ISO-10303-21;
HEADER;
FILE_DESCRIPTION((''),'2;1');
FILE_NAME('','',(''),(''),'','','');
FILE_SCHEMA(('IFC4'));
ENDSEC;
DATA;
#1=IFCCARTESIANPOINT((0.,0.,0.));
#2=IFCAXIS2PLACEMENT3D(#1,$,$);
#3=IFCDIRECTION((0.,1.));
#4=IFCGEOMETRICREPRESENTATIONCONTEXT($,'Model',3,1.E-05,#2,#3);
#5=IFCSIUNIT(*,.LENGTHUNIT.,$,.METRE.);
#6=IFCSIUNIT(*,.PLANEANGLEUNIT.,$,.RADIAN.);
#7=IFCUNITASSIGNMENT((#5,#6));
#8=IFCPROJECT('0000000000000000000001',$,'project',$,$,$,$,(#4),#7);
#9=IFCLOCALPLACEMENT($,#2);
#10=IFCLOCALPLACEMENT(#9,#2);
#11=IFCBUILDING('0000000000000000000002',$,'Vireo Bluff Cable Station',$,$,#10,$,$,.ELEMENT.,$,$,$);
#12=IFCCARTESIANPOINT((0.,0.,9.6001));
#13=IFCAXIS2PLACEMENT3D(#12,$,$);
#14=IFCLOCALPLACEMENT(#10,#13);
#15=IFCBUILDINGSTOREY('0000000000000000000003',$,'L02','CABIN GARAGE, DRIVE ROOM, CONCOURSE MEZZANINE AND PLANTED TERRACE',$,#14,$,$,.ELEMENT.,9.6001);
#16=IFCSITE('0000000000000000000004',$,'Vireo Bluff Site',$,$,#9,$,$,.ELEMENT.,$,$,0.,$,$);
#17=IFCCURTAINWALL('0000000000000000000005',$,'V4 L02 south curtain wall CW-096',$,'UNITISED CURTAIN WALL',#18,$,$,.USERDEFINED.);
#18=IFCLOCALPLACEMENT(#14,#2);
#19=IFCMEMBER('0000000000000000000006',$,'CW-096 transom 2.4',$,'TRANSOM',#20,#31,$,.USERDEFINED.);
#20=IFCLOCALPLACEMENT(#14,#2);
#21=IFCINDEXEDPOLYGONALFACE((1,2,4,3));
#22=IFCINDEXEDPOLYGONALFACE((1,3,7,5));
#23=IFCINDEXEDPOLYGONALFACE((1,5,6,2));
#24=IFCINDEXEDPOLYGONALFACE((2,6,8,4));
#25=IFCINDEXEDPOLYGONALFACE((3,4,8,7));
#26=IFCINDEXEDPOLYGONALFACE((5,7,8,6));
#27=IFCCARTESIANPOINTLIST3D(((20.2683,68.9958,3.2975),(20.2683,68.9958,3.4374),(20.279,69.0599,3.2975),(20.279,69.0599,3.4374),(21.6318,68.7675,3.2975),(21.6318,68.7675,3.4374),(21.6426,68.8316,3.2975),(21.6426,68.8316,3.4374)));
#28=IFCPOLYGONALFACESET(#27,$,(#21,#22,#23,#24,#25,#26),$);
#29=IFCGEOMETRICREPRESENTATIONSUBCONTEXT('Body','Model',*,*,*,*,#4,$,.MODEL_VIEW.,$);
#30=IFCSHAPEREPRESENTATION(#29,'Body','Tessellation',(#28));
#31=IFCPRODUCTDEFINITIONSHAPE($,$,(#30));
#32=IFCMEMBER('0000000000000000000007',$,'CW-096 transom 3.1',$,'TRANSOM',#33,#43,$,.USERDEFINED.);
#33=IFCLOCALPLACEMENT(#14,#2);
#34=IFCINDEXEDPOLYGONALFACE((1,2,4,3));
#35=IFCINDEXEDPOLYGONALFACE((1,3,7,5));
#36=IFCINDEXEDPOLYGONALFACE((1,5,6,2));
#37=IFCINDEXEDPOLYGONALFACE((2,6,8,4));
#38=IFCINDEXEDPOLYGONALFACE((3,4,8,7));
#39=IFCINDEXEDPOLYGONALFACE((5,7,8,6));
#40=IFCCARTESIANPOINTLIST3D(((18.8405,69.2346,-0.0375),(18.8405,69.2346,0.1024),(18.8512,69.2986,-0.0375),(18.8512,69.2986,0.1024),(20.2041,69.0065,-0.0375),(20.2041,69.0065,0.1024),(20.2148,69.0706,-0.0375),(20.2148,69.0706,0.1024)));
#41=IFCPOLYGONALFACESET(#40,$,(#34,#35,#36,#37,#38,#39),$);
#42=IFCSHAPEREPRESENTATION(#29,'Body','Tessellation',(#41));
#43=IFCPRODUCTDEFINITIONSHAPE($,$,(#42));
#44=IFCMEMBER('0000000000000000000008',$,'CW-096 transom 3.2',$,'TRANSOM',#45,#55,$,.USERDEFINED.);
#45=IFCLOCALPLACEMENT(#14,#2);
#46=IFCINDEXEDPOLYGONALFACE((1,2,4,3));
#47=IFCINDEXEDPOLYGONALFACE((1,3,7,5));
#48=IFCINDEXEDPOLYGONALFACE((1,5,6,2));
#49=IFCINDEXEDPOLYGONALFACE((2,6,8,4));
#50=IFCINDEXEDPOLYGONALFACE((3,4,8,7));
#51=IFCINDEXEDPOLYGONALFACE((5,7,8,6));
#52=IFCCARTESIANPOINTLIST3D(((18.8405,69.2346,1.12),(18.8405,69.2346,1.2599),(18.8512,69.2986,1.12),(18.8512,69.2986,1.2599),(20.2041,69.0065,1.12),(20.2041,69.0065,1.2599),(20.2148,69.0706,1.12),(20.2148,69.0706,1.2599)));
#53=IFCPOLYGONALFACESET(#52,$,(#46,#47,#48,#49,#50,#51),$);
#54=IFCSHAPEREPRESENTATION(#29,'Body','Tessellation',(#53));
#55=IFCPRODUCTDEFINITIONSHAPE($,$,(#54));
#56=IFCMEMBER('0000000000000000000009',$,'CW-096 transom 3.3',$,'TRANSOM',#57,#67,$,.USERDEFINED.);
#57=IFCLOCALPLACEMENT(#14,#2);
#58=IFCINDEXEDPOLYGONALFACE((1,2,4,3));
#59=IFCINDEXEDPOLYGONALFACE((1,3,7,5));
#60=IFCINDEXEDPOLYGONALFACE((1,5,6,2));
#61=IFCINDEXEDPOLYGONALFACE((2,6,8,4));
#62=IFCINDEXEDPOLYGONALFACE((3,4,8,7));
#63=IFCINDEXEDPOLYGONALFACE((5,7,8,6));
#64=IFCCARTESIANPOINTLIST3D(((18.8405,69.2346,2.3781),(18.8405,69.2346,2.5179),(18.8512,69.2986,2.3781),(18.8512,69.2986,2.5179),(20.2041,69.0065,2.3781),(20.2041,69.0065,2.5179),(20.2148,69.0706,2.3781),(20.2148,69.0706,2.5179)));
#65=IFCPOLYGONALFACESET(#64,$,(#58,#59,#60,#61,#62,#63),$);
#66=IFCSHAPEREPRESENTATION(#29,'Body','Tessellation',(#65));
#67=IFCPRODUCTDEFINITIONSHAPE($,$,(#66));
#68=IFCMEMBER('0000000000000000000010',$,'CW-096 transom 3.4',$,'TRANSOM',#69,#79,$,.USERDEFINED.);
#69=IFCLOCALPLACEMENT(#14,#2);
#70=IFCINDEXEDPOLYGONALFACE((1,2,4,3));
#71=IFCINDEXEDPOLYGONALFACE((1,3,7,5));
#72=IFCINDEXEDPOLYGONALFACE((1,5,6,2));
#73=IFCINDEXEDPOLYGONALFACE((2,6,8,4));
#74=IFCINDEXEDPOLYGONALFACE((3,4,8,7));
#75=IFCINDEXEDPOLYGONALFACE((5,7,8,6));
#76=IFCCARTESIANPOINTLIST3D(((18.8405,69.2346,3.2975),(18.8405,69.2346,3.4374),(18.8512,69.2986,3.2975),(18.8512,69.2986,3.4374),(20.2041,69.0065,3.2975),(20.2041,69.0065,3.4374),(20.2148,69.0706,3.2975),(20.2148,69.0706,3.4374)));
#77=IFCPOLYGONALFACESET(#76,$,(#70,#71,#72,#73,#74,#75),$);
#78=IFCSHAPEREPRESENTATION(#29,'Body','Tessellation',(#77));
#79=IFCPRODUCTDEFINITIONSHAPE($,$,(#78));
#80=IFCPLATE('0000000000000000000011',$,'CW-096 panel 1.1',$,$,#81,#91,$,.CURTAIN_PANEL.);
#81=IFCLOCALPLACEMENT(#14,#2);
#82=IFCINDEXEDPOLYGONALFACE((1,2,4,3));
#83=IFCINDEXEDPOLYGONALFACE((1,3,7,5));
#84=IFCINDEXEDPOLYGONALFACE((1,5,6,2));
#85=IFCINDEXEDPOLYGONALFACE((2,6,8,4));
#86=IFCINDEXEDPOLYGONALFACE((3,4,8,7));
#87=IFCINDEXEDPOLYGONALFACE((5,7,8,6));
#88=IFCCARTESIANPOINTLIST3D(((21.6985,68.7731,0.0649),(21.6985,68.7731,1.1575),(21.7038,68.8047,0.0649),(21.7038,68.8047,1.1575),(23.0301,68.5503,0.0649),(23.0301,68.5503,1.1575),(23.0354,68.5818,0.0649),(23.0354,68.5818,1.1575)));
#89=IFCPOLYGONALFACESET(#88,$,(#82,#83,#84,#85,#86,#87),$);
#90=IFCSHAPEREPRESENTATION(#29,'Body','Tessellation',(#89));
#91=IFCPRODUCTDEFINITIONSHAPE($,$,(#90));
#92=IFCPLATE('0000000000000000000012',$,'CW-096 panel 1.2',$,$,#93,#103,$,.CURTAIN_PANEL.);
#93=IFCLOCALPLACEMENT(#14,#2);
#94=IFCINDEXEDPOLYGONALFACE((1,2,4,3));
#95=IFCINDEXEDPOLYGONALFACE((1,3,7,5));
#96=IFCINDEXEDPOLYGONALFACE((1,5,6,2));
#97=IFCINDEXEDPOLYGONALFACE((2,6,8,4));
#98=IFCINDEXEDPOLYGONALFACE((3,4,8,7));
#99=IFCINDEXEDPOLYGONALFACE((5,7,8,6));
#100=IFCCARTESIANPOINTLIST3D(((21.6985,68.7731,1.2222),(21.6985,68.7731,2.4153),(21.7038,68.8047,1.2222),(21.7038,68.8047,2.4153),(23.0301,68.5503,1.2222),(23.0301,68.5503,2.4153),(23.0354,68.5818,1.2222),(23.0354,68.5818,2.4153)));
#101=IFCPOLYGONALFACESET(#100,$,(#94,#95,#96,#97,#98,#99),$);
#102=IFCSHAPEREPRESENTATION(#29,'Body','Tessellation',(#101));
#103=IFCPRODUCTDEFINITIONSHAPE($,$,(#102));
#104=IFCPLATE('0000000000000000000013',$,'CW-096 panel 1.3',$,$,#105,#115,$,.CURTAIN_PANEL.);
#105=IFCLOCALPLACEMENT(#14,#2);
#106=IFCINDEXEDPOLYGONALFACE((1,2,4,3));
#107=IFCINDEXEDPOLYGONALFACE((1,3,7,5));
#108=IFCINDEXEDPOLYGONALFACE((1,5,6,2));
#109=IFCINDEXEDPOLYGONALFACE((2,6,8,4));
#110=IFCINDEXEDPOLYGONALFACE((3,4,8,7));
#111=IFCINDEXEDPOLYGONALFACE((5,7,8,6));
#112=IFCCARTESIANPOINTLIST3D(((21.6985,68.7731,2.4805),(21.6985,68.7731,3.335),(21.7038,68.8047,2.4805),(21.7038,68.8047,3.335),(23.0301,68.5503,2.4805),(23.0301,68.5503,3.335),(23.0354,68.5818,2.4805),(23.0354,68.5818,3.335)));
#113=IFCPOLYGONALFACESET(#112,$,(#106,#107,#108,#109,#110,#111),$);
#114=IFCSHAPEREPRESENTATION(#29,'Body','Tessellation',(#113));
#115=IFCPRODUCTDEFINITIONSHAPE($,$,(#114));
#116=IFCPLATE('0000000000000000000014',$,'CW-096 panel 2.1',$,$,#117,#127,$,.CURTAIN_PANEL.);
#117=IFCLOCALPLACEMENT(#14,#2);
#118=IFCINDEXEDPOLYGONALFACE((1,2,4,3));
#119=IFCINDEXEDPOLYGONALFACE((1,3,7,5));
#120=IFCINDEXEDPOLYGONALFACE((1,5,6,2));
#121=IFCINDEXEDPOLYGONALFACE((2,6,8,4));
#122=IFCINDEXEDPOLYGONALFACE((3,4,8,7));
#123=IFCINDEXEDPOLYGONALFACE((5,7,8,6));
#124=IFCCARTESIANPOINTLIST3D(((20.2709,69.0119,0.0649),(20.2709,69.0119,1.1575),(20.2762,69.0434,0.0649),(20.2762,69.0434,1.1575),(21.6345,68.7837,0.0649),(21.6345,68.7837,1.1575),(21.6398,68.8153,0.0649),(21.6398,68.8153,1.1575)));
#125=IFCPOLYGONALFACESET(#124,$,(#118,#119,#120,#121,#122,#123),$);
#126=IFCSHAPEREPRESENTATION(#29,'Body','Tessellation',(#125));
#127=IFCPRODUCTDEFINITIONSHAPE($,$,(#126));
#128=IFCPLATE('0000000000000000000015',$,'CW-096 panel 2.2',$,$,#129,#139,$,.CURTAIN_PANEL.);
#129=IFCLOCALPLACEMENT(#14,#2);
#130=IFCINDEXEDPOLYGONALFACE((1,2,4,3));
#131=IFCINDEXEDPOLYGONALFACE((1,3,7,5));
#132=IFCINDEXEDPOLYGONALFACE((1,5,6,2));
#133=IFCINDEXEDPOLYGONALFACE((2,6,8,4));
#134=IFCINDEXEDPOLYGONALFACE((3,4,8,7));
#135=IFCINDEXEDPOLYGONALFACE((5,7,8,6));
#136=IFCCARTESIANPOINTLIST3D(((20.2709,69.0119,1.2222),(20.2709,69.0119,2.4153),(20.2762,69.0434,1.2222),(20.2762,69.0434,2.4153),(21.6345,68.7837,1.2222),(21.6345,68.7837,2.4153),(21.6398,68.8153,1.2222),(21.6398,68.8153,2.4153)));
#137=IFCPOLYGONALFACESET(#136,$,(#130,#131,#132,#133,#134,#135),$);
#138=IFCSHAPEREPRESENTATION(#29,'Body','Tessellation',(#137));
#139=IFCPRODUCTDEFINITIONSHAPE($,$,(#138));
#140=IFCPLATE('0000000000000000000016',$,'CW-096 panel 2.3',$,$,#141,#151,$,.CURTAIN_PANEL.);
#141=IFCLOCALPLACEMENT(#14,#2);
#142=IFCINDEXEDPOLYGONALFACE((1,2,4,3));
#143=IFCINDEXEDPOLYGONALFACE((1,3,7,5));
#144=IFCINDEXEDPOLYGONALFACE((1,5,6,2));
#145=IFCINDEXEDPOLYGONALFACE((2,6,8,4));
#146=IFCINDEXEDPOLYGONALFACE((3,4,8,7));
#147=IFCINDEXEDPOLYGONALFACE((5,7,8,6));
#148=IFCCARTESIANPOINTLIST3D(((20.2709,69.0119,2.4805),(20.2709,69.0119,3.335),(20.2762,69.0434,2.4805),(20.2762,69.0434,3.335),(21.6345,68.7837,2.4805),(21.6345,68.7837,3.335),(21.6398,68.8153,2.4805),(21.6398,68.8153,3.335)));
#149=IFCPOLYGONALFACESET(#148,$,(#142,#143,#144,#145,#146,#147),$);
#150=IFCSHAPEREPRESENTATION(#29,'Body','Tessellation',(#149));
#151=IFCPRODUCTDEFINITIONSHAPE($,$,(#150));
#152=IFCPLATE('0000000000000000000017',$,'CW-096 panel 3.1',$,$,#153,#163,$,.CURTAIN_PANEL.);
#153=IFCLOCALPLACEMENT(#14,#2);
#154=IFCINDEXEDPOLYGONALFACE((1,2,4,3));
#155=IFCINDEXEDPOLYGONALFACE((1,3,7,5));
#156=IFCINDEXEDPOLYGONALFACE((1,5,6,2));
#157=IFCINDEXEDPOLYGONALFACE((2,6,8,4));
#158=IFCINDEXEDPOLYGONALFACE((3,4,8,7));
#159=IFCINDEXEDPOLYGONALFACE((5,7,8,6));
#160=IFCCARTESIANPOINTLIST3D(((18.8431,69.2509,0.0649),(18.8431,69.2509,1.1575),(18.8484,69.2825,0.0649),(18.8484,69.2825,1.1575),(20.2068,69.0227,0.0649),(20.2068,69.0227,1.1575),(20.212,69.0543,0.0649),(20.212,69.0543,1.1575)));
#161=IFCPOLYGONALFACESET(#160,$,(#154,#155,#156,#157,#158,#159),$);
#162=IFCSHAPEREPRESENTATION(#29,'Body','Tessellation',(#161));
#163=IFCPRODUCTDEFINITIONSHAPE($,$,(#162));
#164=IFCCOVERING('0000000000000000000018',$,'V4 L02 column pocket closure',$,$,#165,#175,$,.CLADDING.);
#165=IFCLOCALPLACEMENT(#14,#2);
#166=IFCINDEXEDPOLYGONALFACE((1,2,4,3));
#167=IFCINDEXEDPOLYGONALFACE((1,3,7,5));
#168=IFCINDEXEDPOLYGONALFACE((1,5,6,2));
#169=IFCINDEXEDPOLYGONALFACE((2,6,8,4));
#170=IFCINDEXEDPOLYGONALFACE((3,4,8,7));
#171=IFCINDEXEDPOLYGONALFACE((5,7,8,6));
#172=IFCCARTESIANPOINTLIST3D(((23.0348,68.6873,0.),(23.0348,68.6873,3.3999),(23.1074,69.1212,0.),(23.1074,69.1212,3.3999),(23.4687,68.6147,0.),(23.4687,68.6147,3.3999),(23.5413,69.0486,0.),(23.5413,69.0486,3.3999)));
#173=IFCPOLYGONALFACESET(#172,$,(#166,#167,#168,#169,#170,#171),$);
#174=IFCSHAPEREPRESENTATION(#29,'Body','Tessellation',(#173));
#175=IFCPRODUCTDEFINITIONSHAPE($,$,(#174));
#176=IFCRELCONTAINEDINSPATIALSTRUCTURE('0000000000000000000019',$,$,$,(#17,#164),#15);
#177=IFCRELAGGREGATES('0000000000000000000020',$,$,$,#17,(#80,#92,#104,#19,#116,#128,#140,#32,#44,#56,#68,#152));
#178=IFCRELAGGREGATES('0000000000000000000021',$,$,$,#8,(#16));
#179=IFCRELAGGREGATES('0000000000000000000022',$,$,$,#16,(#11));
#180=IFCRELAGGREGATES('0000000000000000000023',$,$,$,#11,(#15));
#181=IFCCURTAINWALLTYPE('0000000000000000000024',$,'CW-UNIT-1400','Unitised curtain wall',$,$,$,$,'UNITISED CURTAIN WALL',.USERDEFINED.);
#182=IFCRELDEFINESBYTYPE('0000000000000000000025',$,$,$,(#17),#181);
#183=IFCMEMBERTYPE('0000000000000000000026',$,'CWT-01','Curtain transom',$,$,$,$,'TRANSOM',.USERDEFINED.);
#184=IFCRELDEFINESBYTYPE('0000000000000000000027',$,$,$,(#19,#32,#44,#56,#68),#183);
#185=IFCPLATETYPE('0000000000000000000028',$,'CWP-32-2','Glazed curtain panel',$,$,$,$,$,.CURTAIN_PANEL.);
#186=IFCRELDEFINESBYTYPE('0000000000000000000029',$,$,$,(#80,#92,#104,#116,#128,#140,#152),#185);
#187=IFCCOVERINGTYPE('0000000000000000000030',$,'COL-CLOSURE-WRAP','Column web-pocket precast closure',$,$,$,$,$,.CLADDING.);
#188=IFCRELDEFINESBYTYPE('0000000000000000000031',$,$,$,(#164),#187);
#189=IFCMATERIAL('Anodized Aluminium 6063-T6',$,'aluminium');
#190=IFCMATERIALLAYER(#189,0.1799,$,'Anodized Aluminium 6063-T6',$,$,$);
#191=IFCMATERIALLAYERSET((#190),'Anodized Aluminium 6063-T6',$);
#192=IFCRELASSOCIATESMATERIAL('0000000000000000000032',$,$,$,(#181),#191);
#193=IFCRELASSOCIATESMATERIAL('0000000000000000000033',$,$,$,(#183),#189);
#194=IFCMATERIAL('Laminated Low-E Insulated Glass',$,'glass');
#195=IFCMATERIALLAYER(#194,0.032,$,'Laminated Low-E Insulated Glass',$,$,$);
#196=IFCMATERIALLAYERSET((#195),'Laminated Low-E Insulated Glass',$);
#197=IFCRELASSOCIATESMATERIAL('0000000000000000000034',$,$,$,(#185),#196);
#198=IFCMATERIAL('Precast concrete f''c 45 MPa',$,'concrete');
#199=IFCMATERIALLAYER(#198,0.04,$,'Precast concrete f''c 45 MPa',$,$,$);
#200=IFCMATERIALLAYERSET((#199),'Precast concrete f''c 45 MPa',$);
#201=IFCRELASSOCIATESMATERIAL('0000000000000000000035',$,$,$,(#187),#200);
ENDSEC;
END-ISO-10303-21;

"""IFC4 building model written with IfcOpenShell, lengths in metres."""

from ifc_helpers import new_model, si_unit, direction, frame, origin, origin_2d, place, context, subcontext, project, spatial, rectangle, extrude, material, layer, layer_set, material_profile, profile_set, type_object, element, aggregate, save


model = new_model("IFC4")

# Units and contexts
model_context = context("Model", 3, precision=1e-05, world=origin(), true_north=direction((0.0, 1.0)))
body_context = subcontext(model_context, "Body", "Model", "MODEL_VIEW")
ifc_project = project(units=[si_unit("LENGTHUNIT", "METRE"), si_unit("PLANEANGLEUNIT", "RADIAN")], contexts=[model_context])

# Site, building, storey
site_placement = place(None, origin())
site = spatial("IfcSite", under=ifc_project, at=site_placement, Name="Vireo Bluff Site", CompositionType="ELEMENT", RefElevation=0.0)
building_placement = place(site_placement, origin())
building = spatial("IfcBuilding", under=site, at=building_placement, Name="Vireo Bluff Cable Station", CompositionType="ELEMENT")
storey_placement = place(building_placement, frame((0.0, 0.0, 9.6001)))
storey = spatial("IfcBuildingStorey", under=building, at=storey_placement, Name="L02", Description="CABIN GARAGE, DRIVE ROOM, CONCOURSE MEZZANINE AND PLANTED TERRACE", CompositionType="ELEMENT", Elevation=9.6001)

# Curtain wall, members, plates
ifc_material_1 = material(Name="Anodized Aluminium 6063-T6", Category="aluminium")
ifc_layer_1 = layer(ifc_material_1, 0.1799, Name="Anodized Aluminium 6063-T6")
ifc_layer_set_1 = layer_set([ifc_layer_1], Name="Anodized Aluminium 6063-T6")
curtain_wall_type = type_object("IfcCurtainWallType", Name="CW-UNIT-1400", Description="Unitised curtain wall", ElementType="UNITISED CURTAIN WALL", PredefinedType="USERDEFINED", material=ifc_layer_set_1)
curtain_wall_placement = place(storey_placement, origin())
curtain_wall = element("IfcCurtainWall", 1, at=curtain_wall_placement, inside=storey, type_object=curtain_wall_type, Name="V4 L02 south curtain wall CW-096", ObjectType="UNITISED CURTAIN WALL", PredefinedType="USERDEFINED")
ifc_material_profile_1 = material_profile(ifc_material_1, rectangle(XDim=0.0649, YDim=0.1399, at=origin_2d()), Name="ALU-T-65X140")
ifc_profile_set_1 = profile_set([ifc_material_profile_1], Name="Anodized Aluminium 6063-T6")
member_type_1 = type_object("IfcMemberType", Name="CWT-01", Description="Curtain transom", ElementType="TRANSOM", PredefinedType="USERDEFINED", material=ifc_profile_set_1)
member_1_placement = place(storey_placement, frame((21.6372, 68.7996, 3.3674), z_axis=(-0.986274, 0.165115, 0.0), x_axis=(-0.165115, -0.986274, 0.0)))
member_1 = element("IfcMember", 2, at=member_1_placement, type_object=member_type_1, Name="CW-096 transom 2.4", ObjectType="TRANSOM", PredefinedType="USERDEFINED", context=body_context, shape_type="SweptSolid", body=[
    extrude(rectangle(XDim=0.0649, YDim=0.1399, at=origin_2d()), origin(), (0.0, 0.0, 1.0), 1.3826),
])
member_2_placement = place(storey_placement, frame((20.2095, 69.0386, 0.0325), z_axis=(-0.986303, 0.164943, 0.0), x_axis=(-0.164943, -0.986303, 0.0)))
member_2 = element("IfcMember", 3, at=member_2_placement, type_object=member_type_1, Name="CW-096 transom 3.1", ObjectType="TRANSOM", PredefinedType="USERDEFINED", context=body_context, shape_type="SweptSolid", body=[
    extrude(rectangle(XDim=0.0649, YDim=0.1399, at=origin_2d()), origin(), (0.0, 0.0, 1.0), 1.3826),
])
member_3_placement = place(storey_placement, frame((20.2095, 69.0386, 1.1899), z_axis=(-0.986303, 0.164943, 0.0), x_axis=(-0.164943, -0.986303, 0.0)))
member_3 = element("IfcMember", 4, at=member_3_placement, type_object=member_type_1, Name="CW-096 transom 3.2", ObjectType="TRANSOM", PredefinedType="USERDEFINED", context=body_context, shape_type="SweptSolid", body=[
    extrude(rectangle(XDim=0.0649, YDim=0.1399, at=origin_2d()), origin(), (0.0, 0.0, 1.0), 1.3826),
])
member_4_placement = place(storey_placement, frame((20.2095, 69.0386, 2.448), z_axis=(-0.986303, 0.164943, 0.0), x_axis=(-0.164943, -0.986303, 0.0)))
member_4 = element("IfcMember", 5, at=member_4_placement, type_object=member_type_1, Name="CW-096 transom 3.3", ObjectType="TRANSOM", PredefinedType="USERDEFINED", context=body_context, shape_type="SweptSolid", body=[
    extrude(rectangle(XDim=0.0649, YDim=0.1399, at=origin_2d()), origin(), (0.0, 0.0, 1.0), 1.3826),
])
member_5_placement = place(storey_placement, frame((20.2095, 69.0386, 3.3674), z_axis=(-0.986303, 0.164943, 0.0), x_axis=(-0.164943, -0.986303, 0.0)))
member_5 = element("IfcMember", 6, at=member_5_placement, type_object=member_type_1, Name="CW-096 transom 3.4", ObjectType="TRANSOM", PredefinedType="USERDEFINED", context=body_context, shape_type="SweptSolid", body=[
    extrude(rectangle(XDim=0.0649, YDim=0.1399, at=origin_2d()), origin(), (0.0, 0.0, 1.0), 1.3826),
])
ifc_material_2 = material(Name="Laminated Low-E Insulated Glass", Category="glass")
ifc_layer_2 = layer(ifc_material_2, 0.032, Name="Laminated Low-E Insulated Glass")
ifc_layer_set_2 = layer_set([ifc_layer_2], Name="Laminated Low-E Insulated Glass")
plate_type = type_object("IfcPlateType", Name="CWP-32-2", Description="Glazed curtain panel", PredefinedType="CURTAIN_PANEL", material=ifc_layer_set_2)
plate_1_placement = place(storey_placement, frame((22.3669, 68.6775, 0.0649), z_axis=(0.0, 0.0, 1.0), x_axis=(-0.986286, 0.165048, 0.0)))
plate_1 = element("IfcPlate", 7, at=plate_1_placement, type_object=plate_type, Name="CW-096 panel 1.1", PredefinedType="CURTAIN_PANEL", context=body_context, shape_type="SweptSolid", body=[
    extrude(rectangle(XDim=1.3501, YDim=0.032, at=origin_2d()), origin(), (0.0, 0.0, 1.0), 1.0925),
])
plate_2_placement = place(storey_placement, frame((22.3669, 68.6775, 1.2222), z_axis=(0.0, 0.0, 1.0), x_axis=(-0.986286, 0.165048, 0.0)))
plate_2 = element("IfcPlate", 8, at=plate_2_placement, type_object=plate_type, Name="CW-096 panel 1.2", PredefinedType="CURTAIN_PANEL", context=body_context, shape_type="SweptSolid", body=[
    extrude(rectangle(XDim=1.3501, YDim=0.032, at=origin_2d()), origin(), (0.0, 0.0, 1.0), 1.1931),
])
plate_3_placement = place(storey_placement, frame((22.3669, 68.6775, 2.4805), z_axis=(0.0, 0.0, 1.0), x_axis=(-0.986286, 0.165048, 0.0)))
plate_3 = element("IfcPlate", 9, at=plate_3_placement, type_object=plate_type, Name="CW-096 panel 1.3", PredefinedType="CURTAIN_PANEL", context=body_context, shape_type="SweptSolid", body=[
    extrude(rectangle(XDim=1.3501, YDim=0.032, at=origin_2d()), origin(), (0.0, 0.0, 1.0), 0.8545),
])
plate_4_placement = place(storey_placement, frame((20.9553, 68.9136, 0.0649), z_axis=(0.0, 0.0, 1.0), x_axis=(-0.986286, 0.165048, 0.0)))
plate_4 = element("IfcPlate", 10, at=plate_4_placement, type_object=plate_type, Name="CW-096 panel 2.1", PredefinedType="CURTAIN_PANEL", context=body_context, shape_type="SweptSolid", body=[
    extrude(rectangle(XDim=1.3826, YDim=0.032, at=origin_2d()), origin(), (0.0, 0.0, 1.0), 1.0925),
])
plate_5_placement = place(storey_placement, frame((20.9553, 68.9136, 1.2222), z_axis=(0.0, 0.0, 1.0), x_axis=(-0.986286, 0.165048, 0.0)))
plate_5 = element("IfcPlate", 11, at=plate_5_placement, type_object=plate_type, Name="CW-096 panel 2.2", PredefinedType="CURTAIN_PANEL", context=body_context, shape_type="SweptSolid", body=[
    extrude(rectangle(XDim=1.3826, YDim=0.032, at=origin_2d()), origin(), (0.0, 0.0, 1.0), 1.1931),
])
plate_6_placement = place(storey_placement, frame((20.9553, 68.9136, 2.4805), z_axis=(0.0, 0.0, 1.0), x_axis=(-0.986286, 0.165048, 0.0)))
plate_6 = element("IfcPlate", 12, at=plate_6_placement, type_object=plate_type, Name="CW-096 panel 2.3", PredefinedType="CURTAIN_PANEL", context=body_context, shape_type="SweptSolid", body=[
    extrude(rectangle(XDim=1.3826, YDim=0.032, at=origin_2d()), origin(), (0.0, 0.0, 1.0), 0.8545),
])
plate_7_placement = place(storey_placement, frame((19.5276, 69.1526, 0.0649), z_axis=(0.0, 0.0, 1.0), x_axis=(-0.986286, 0.165048, 0.0)))
plate_7 = element("IfcPlate", 13, at=plate_7_placement, type_object=plate_type, Name="CW-096 panel 3.1", PredefinedType="CURTAIN_PANEL", context=body_context, shape_type="SweptSolid", body=[
    extrude(rectangle(XDim=1.3826, YDim=0.032, at=origin_2d()), origin(), (0.0, 0.0, 1.0), 1.0925),
])
aggregate(curtain_wall, [plate_1, plate_2, plate_3, member_1, plate_4, plate_5, plate_6, member_2, member_3, member_4, member_5, plate_7])

# Covering
ifc_material_3 = material(Name="Precast concrete f'c 45 MPa", Category="concrete")
ifc_layer_3 = layer(ifc_material_3, 0.04, Name="Precast concrete f'c 45 MPa")
ifc_layer_set_3 = layer_set([ifc_layer_3], Name="Precast concrete f'c 45 MPa")
covering_type = type_object("IfcCoveringType", Name="COL-CLOSURE-WRAP", Description="Column web-pocket precast closure", PredefinedType="CLADDING", material=ifc_layer_set_3)
covering_placement = place(storey_placement, frame((23.2881, 68.8679, 0.0), z_axis=(0.0, 0.0, 1.0), x_axis=(0.986286, -0.165048, 0.0)))
element("IfcCovering", 14, at=covering_placement, inside=storey, type_object=covering_type, Name="V4 L02 column pocket closure", PredefinedType="CLADDING", context=body_context, shape_type="SweptSolid", body=[
    extrude(rectangle(XDim=0.4399, YDim=0.4399, at=origin_2d()), origin(), (0.0, 0.0, 1.0), 3.3999),
])

save(model, "model.ifc")
